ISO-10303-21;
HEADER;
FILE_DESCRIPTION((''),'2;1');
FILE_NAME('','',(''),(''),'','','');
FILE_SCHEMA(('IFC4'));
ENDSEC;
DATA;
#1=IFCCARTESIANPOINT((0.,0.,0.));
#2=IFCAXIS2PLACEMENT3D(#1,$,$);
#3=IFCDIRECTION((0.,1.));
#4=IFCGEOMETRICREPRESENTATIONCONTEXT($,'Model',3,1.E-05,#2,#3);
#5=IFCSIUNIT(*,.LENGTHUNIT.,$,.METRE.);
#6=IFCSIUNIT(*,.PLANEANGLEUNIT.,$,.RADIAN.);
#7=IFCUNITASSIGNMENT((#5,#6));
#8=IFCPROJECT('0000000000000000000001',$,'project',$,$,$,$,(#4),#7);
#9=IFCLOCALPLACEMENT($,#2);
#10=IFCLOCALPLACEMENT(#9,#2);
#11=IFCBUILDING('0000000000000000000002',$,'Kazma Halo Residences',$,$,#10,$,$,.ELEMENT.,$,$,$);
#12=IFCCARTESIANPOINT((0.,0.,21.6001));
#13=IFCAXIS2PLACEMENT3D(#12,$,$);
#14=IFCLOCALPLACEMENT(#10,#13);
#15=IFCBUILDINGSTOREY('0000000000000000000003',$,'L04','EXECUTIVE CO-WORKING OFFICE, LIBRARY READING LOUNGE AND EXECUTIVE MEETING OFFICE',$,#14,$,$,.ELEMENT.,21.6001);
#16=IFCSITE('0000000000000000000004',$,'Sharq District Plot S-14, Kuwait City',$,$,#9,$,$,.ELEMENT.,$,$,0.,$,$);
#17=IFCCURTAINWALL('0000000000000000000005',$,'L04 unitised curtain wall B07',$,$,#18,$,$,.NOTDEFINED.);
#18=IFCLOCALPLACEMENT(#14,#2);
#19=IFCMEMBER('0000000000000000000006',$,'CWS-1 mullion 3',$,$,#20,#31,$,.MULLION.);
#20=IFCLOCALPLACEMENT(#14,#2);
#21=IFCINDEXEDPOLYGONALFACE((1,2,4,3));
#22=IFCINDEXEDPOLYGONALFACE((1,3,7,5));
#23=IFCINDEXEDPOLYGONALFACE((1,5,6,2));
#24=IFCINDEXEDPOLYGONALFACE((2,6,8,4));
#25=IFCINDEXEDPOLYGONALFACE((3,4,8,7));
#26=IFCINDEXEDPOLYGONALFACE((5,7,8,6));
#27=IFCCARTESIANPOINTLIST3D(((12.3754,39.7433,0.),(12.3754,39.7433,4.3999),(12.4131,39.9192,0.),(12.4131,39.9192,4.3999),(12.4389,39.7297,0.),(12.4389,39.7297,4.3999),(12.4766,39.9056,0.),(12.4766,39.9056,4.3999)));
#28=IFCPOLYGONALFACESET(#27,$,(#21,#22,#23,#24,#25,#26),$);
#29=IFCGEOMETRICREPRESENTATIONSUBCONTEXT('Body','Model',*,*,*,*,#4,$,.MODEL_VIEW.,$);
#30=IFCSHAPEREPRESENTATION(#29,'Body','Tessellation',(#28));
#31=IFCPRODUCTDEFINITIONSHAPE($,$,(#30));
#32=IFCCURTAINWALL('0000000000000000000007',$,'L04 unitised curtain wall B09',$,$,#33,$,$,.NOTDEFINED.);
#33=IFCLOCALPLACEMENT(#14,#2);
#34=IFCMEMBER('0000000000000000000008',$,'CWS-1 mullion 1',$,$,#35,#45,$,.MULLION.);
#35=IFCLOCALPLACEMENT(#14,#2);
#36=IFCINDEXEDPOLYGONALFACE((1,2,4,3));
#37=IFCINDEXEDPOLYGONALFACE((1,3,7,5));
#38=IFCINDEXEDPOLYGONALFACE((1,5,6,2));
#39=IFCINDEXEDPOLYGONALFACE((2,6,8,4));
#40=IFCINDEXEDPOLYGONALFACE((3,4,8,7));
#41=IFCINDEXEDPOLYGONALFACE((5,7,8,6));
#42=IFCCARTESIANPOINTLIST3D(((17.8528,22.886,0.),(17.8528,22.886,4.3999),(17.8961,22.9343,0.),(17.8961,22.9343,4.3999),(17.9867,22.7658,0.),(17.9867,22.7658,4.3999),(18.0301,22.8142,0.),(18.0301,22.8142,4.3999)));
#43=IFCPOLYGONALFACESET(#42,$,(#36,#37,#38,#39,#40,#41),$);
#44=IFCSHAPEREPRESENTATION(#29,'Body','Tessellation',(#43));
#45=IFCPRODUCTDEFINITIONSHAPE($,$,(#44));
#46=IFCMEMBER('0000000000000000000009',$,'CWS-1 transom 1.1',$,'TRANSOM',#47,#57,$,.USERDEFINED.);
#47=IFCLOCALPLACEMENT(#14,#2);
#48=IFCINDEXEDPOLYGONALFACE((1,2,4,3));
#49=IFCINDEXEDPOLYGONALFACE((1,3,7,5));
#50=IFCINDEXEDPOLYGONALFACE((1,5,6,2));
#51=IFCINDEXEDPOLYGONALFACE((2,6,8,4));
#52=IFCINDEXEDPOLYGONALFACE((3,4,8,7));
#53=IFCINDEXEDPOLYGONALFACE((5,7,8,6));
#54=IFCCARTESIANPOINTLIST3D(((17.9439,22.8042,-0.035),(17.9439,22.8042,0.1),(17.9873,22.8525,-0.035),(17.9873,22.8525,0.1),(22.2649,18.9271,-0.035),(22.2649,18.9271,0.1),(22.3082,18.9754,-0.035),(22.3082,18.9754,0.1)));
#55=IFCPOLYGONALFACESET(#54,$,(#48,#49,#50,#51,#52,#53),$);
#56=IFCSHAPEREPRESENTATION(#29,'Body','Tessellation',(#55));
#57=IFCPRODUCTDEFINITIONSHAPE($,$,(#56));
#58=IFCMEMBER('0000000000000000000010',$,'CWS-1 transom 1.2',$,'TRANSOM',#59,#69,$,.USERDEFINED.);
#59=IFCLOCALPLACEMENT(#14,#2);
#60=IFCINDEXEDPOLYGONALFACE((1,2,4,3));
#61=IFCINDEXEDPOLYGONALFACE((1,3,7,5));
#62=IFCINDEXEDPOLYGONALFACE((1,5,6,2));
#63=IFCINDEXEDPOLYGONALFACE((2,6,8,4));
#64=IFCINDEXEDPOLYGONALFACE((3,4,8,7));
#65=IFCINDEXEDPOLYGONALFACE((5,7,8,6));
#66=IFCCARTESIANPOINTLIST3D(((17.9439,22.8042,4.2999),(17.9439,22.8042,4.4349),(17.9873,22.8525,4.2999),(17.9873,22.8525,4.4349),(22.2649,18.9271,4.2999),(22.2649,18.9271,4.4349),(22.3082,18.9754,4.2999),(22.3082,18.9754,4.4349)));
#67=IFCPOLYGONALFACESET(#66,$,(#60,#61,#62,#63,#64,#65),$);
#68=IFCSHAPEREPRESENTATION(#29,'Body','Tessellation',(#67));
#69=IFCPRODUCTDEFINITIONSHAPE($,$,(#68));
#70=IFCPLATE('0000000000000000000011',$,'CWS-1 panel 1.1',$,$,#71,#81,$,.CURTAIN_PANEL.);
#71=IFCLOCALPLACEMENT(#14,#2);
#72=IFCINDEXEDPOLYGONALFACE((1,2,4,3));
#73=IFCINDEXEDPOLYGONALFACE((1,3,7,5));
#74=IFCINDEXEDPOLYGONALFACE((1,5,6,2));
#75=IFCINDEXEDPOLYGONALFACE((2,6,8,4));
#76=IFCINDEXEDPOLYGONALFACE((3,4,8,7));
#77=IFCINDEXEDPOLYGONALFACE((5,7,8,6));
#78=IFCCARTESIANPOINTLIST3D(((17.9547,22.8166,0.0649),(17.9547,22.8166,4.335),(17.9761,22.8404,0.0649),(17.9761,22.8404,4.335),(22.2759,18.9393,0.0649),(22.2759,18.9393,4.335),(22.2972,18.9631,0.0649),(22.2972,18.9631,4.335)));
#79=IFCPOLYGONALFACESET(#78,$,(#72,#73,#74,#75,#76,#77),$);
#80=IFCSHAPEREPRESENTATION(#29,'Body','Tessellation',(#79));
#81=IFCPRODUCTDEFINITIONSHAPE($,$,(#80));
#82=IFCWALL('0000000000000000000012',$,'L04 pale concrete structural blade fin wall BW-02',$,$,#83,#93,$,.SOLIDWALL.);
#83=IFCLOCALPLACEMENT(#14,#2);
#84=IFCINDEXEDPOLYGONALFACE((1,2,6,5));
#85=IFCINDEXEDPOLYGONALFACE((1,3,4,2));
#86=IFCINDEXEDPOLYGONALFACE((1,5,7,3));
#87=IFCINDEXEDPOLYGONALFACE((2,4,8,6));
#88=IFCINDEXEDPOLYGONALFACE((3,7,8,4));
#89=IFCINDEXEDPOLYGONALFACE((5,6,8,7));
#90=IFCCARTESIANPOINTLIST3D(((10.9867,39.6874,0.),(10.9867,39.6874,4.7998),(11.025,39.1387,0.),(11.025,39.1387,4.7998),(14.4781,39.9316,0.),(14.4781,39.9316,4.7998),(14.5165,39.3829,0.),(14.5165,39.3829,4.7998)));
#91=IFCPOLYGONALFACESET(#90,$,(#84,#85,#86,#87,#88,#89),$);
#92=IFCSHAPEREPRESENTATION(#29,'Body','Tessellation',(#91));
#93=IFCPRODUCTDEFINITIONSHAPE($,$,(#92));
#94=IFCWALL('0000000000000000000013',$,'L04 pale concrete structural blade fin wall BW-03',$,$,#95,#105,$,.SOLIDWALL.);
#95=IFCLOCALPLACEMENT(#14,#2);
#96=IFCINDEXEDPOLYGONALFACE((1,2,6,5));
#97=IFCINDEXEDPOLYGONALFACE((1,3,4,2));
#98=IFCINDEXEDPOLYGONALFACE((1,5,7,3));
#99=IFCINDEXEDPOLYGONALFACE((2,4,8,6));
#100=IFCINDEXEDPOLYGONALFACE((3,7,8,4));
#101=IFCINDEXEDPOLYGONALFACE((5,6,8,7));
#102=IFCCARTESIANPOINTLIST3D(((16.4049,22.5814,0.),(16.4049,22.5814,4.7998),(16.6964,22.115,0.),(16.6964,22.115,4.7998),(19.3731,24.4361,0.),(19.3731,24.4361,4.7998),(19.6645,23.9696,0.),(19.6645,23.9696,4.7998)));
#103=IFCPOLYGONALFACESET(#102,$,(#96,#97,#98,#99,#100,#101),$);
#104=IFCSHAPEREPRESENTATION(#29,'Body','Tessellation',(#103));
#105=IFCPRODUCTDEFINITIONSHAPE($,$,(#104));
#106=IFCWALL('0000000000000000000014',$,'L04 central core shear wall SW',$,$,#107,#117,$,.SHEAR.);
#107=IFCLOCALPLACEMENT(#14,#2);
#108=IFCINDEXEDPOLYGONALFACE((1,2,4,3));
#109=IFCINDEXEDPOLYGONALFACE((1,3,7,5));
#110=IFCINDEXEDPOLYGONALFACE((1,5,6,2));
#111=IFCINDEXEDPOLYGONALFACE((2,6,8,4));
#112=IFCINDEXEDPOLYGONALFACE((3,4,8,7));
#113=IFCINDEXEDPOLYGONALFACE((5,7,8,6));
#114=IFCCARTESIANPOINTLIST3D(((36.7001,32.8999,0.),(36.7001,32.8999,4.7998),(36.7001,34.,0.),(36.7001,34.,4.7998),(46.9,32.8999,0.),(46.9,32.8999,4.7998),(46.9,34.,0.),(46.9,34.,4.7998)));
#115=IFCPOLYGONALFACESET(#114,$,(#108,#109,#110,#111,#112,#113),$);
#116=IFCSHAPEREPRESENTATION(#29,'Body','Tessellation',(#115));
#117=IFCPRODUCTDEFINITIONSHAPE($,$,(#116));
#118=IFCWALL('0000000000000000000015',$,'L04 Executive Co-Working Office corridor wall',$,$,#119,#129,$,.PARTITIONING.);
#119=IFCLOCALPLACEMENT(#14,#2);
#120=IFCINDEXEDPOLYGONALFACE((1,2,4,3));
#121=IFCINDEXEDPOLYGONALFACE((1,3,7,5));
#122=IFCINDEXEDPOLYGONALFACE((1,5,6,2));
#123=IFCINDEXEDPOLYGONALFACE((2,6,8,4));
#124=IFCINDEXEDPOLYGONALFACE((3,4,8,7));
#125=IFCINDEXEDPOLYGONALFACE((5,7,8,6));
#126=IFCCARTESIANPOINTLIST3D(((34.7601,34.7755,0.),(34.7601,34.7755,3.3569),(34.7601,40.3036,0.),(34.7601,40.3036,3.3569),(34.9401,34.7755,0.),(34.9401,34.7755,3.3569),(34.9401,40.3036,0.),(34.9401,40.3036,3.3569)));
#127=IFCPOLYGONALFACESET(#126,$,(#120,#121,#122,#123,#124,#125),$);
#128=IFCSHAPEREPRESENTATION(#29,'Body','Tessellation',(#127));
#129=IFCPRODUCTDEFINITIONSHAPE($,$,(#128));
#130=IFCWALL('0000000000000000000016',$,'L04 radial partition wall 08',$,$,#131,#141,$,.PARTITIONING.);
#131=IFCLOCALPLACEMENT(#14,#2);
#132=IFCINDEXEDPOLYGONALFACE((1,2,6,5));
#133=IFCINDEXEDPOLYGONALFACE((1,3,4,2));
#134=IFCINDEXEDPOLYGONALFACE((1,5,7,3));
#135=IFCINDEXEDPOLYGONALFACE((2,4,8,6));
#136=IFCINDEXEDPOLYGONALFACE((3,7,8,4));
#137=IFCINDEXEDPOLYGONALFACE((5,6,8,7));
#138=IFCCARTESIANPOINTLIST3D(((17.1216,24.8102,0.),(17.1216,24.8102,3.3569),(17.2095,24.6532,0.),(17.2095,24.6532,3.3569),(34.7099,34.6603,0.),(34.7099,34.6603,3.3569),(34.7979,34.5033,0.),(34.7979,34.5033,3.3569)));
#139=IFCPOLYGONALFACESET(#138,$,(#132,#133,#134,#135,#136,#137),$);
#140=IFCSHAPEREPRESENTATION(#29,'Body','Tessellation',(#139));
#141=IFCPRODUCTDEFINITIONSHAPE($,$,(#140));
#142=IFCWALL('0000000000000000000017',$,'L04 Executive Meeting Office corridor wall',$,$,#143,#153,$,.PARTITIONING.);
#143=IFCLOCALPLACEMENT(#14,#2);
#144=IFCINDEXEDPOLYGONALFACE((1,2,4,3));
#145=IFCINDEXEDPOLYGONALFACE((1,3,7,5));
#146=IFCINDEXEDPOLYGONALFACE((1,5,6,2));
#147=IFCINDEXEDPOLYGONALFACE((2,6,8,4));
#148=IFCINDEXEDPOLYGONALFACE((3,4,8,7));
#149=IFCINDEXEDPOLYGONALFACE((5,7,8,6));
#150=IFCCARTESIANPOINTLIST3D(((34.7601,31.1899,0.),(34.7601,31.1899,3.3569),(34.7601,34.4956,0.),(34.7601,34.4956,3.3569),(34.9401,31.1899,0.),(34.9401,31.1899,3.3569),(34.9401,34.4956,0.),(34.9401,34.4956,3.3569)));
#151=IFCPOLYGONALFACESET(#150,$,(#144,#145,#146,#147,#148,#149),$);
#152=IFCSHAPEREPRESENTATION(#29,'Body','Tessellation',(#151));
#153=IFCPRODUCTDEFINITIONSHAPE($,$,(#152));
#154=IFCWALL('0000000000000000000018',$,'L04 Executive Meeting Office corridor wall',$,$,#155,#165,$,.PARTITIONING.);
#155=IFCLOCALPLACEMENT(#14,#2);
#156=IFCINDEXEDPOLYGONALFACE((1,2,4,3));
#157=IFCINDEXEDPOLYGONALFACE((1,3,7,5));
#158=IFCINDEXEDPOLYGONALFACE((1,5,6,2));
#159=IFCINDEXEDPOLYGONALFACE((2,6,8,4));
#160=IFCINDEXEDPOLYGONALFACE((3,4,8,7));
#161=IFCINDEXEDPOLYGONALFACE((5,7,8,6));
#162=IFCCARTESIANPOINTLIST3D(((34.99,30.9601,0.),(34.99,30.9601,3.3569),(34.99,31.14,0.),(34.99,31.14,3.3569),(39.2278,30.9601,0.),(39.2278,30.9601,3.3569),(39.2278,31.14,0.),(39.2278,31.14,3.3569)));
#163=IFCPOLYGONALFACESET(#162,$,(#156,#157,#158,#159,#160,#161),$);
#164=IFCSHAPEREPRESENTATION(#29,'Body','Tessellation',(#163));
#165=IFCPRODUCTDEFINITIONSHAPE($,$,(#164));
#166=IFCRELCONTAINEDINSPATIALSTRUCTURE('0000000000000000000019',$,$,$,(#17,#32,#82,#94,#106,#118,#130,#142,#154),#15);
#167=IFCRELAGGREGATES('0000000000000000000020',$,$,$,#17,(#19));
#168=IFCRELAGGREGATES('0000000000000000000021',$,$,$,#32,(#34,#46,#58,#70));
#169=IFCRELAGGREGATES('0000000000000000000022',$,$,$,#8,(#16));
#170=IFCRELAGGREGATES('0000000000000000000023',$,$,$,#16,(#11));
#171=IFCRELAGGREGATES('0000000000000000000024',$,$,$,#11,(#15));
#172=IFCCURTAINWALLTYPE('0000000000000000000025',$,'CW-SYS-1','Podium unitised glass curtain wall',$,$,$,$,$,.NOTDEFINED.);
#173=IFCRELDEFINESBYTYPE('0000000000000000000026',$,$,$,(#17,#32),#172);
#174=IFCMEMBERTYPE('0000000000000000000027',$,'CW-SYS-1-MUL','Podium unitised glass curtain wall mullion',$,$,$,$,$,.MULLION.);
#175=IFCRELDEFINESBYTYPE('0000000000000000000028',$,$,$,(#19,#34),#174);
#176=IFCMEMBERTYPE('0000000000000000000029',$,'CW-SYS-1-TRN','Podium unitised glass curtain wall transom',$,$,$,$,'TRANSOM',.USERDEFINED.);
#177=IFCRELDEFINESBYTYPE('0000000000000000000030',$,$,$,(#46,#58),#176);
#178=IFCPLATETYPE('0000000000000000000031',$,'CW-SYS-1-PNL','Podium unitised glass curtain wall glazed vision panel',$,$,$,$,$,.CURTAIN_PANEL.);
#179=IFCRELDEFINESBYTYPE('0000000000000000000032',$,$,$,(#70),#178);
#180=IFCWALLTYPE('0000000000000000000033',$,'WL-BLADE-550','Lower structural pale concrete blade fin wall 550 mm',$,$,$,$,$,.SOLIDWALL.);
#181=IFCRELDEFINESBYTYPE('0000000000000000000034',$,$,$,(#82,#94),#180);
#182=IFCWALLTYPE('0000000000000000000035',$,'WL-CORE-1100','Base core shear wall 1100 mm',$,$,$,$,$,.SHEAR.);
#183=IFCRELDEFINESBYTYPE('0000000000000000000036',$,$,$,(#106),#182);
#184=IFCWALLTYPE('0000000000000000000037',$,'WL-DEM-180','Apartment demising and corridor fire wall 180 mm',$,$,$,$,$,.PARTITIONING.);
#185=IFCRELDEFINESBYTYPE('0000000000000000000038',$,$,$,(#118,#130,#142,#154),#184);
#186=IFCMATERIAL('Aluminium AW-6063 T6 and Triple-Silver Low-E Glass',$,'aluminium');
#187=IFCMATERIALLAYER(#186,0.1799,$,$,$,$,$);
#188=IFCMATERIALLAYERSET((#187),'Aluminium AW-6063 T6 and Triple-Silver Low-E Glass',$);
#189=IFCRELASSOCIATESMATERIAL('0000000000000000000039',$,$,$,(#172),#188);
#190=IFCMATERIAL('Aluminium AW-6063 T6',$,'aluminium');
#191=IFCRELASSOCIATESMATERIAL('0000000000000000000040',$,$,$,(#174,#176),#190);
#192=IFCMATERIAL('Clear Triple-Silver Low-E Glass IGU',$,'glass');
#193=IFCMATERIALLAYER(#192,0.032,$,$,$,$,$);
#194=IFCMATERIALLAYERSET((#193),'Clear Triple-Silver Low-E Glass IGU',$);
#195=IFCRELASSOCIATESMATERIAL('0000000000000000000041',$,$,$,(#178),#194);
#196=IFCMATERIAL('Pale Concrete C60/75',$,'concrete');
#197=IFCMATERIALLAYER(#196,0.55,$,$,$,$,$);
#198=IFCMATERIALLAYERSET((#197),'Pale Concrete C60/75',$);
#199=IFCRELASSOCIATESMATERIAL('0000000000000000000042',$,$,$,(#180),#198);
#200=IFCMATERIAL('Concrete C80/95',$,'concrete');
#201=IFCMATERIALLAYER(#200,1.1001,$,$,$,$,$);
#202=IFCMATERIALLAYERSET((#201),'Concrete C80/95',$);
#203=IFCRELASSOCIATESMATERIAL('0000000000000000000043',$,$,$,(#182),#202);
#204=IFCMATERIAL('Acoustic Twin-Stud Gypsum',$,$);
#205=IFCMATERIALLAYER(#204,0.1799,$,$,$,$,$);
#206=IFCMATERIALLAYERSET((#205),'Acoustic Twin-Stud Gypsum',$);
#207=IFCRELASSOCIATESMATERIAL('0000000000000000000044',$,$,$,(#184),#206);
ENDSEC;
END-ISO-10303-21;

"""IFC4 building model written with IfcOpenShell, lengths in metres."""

from ifc_helpers import new_model, si_unit, direction, frame, frame_2d, origin, origin_2d, place, context, subcontext, project, spatial, rectangle, extrude, material, layer, layer_set, material_profile, profile_set, type_object, element, aggregate, save


model = new_model("IFC4")

# Units and contexts
model_context = context("Model", 3, precision=1e-05, world=origin(), true_north=direction((0.0, 1.0)))
body_context = subcontext(model_context, "Body", "Model", "MODEL_VIEW")
ifc_project = project(units=[si_unit("LENGTHUNIT", "METRE"), si_unit("PLANEANGLEUNIT", "RADIAN")], contexts=[model_context])

# Site, building, storey
site_placement = place(None, origin())
site = spatial("IfcSite", under=ifc_project, at=site_placement, Name="Sharq District Plot S-14, Kuwait City", CompositionType="ELEMENT", RefElevation=0.0)
building_placement = place(site_placement, origin())
building = spatial("IfcBuilding", under=site, at=building_placement, Name="Kazma Halo Residences", CompositionType="ELEMENT")
storey_placement = place(building_placement, frame((0.0, 0.0, 21.6001)))
storey = spatial("IfcBuildingStorey", under=building, at=storey_placement, Name="L04", Description="EXECUTIVE CO-WORKING OFFICE, LIBRARY READING LOUNGE AND EXECUTIVE MEETING OFFICE", CompositionType="ELEMENT", Elevation=21.6001)

# Shared definitions
ifc_material_1 = material(Name="Concrete C80/95", Category="concrete")

# Curtain wall, member
ifc_material_2 = material(Name="Aluminium AW-6063 T6 and Triple-Silver Low-E Glass", Category="aluminium")
ifc_layer_1 = layer(ifc_material_2, 0.1799)
ifc_layer_set_1 = layer_set([ifc_layer_1], Name="Aluminium AW-6063 T6 and Triple-Silver Low-E Glass")
curtain_wall_type = type_object("IfcCurtainWallType", Name="CW-SYS-1", Description="Podium unitised glass curtain wall", PredefinedType="NOTDEFINED", material=ifc_layer_set_1)
curtain_wall_1_placement = place(storey_placement, origin())
curtain_wall_1 = element("IfcCurtainWall", 1, at=curtain_wall_1_placement, inside=storey, type_object=curtain_wall_type, Name="L04 unitised curtain wall B07", PredefinedType="NOTDEFINED")
ifc_material_3 = material(Name="Aluminium AW-6063 T6", Category="aluminium")
ifc_material_profile_1 = material_profile(ifc_material_3, rectangle(XDim=0.0649, YDim=0.1799, at=origin_2d()), Name="CWM-65x180")
ifc_profile_set_1 = profile_set([ifc_material_profile_1], Name="Aluminium AW-6063 T6")
member_type_1 = type_object("IfcMemberType", Name="CW-SYS-1-MUL", Description="Podium unitised glass curtain wall mullion", PredefinedType="MULLION", material=ifc_profile_set_1)
member_1_placement = place(storey_placement, frame((12.426, 39.8245, 0.0), z_axis=(0.0, 0.0, 1.0), x_axis=(0.977788, -0.209596, 0.0)))
member_1 = element("IfcMember", 2, at=member_1_placement, type_object=member_type_1, Name="CWS-1 mullion 3", PredefinedType="MULLION", context=body_context, shape_type="SweptSolid", body=[
    extrude(rectangle(XDim=0.0649, YDim=0.1799, at=origin_2d()), origin(), (0.0, 0.0, 1.0), 4.3999),
])
aggregate(curtain_wall_1, [member_1])

# Curtain wall, members, plate
curtain_wall_2_placement = place(storey_placement, origin())
curtain_wall_2 = element("IfcCurtainWall", 3, at=curtain_wall_2_placement, inside=storey, type_object=curtain_wall_type, Name="L04 unitised curtain wall B09", PredefinedType="NOTDEFINED")
member_2_placement = place(storey_placement, frame((17.9414, 22.8501, 0.0), z_axis=(0.0, 0.0, 1.0), x_axis=(0.667848, 0.744298, 0.0)))
member_2 = element("IfcMember", 4, at=member_2_placement, type_object=member_type_1, Name="CWS-1 mullion 1", PredefinedType="MULLION", context=body_context, shape_type="SweptSolid", body=[
    extrude(rectangle(XDim=0.0649, YDim=0.1799, at=origin_2d()), origin(), (0.0, 0.0, 1.0), 4.3999),
])
ifc_material_profile_2 = material_profile(ifc_material_3, rectangle(XDim=0.0649, YDim=0.135, at=origin_2d()), Name="CWT-65x135")
ifc_profile_set_2 = profile_set([ifc_material_profile_2], Name="Aluminium AW-6063 T6")
member_type_2 = type_object("IfcMemberType", Name="CW-SYS-1-TRN", Description="Podium unitised glass curtain wall transom", ElementType="TRANSOM", PredefinedType="USERDEFINED", material=ifc_profile_set_2)
member_3_placement = place(storey_placement, frame((17.9656, 22.8284, 0.0325), z_axis=(0.744299, -0.667846, 0.0), x_axis=(0.667846, 0.744299, 0.0)))
member_3 = element("IfcMember", 5, at=member_3_placement, type_object=member_type_2, Name="CWS-1 transom 1.1", ObjectType="TRANSOM", PredefinedType="USERDEFINED", context=body_context, shape_type="SweptSolid", body=[
    extrude(rectangle(XDim=0.0649, YDim=0.135, at=origin_2d()), origin(), (0.0, 0.0, 1.0), 5.8054),
])
member_4_placement = place(storey_placement, frame((17.9656, 22.8284, 4.3674), z_axis=(0.744299, -0.667846, 0.0), x_axis=(0.667846, 0.744299, 0.0)))
member_4 = element("IfcMember", 6, at=member_4_placement, type_object=member_type_2, Name="CWS-1 transom 1.2", ObjectType="TRANSOM", PredefinedType="USERDEFINED", context=body_context, shape_type="SweptSolid", body=[
    extrude(rectangle(XDim=0.0649, YDim=0.135, at=origin_2d()), origin(), (0.0, 0.0, 1.0), 5.8054),
])
ifc_material_4 = material(Name="Clear Triple-Silver Low-E Glass IGU", Category="glass")
ifc_layer_2 = layer(ifc_material_4, 0.032)
ifc_layer_set_2 = layer_set([ifc_layer_2], Name="Clear Triple-Silver Low-E Glass IGU")
plate_type = type_object("IfcPlateType", Name="CW-SYS-1-PNL", Description="Podium unitised glass curtain wall glazed vision panel", PredefinedType="CURTAIN_PANEL", material=ifc_layer_set_2)
plate_placement = place(storey_placement, frame((20.126, 20.8899, 0.0649), z_axis=(0.0, 0.0, 1.0), x_axis=(0.744298, -0.667848, 0.0)))
plate = element("IfcPlate", 7, at=plate_placement, type_object=plate_type, Name="CWS-1 panel 1.1", PredefinedType="CURTAIN_PANEL", context=body_context, shape_type="SweptSolid", body=[
    extrude(rectangle(XDim=5.8057, YDim=0.032, at=origin_2d()), origin(), (0.0, 0.0, 1.0), 4.27),
])
aggregate(curtain_wall_2, [member_2, member_3, member_4, plate])

# Walls
ifc_material_5 = material(Name="Pale Concrete C60/75", Category="concrete")
ifc_layer_3 = layer(ifc_material_5, 0.55)
ifc_layer_set_3 = layer_set([ifc_layer_3], Name="Pale Concrete C60/75")
wall_type_1 = type_object("IfcWallType", Name="WL-BLADE-550", Description="Lower structural pale concrete blade fin wall 550 mm", PredefinedType="SOLIDWALL", material=ifc_layer_set_3)
for number, where, z_axis, x_axis, name in (
    (8, (14.4973, 39.6572, 0.0), (0.0, 0.0, 1.0), (-0.997564, -0.069755, 0.0), "L04 pale concrete structural blade fin wall BW-02"),
    (9, (19.5188, 24.2029, 0.0), (0.0, 0.0, 1.0), (-0.848053, -0.529911, 0.0), "L04 pale concrete structural blade fin wall BW-03"),
):
    element("IfcWall", number, at=place(storey_placement, frame(where, z_axis=z_axis, x_axis=x_axis)), inside=storey, type_object=wall_type_1, Name=name, PredefinedType="SOLIDWALL", context=body_context, shape_type="SweptSolid", body=[
        extrude(rectangle(XDim=3.5, YDim=0.55, at=frame_2d((1.75, 0.0))), origin(), (0.0, 0.0, 1.0), 4.7998),
    ])
ifc_layer_4 = layer(ifc_material_1, 1.1001)
ifc_layer_set_4 = layer_set([ifc_layer_4], Name="Concrete C80/95")
wall_type_2 = type_object("IfcWallType", Name="WL-CORE-1100", Description="Base core shear wall 1100 mm", PredefinedType="SHEAR", material=ifc_layer_set_4)
wall_1_placement = place(storey_placement, frame((36.7, 33.45, 0.0), z_axis=(0.0, 0.0, 1.0), x_axis=(1.0, 0.0, 0.0)))
element("IfcWall", 10, at=wall_1_placement, inside=storey, type_object=wall_type_2, Name="L04 central core shear wall SW", PredefinedType="SHEAR", context=body_context, shape_type="SweptSolid", body=[
    extrude(rectangle(XDim=10.2, YDim=1.1001, at=frame_2d((5.1001, 0.0))), origin(), (0.0, 0.0, 1.0), 4.7998),
])
ifc_material_6 = material(Name="Acoustic Twin-Stud Gypsum")
ifc_layer_5 = layer(ifc_material_6, 0.1799)
ifc_layer_set_5 = layer_set([ifc_layer_5], Name="Acoustic Twin-Stud Gypsum")
wall_type_3 = type_object("IfcWallType", Name="WL-DEM-180", Description="Apartment demising and corridor fire wall 180 mm", PredefinedType="PARTITIONING", material=ifc_layer_set_5)
wall_2_placement = place(storey_placement, frame((34.8501, 40.3037, 0.0), z_axis=(0.0, 0.0, 1.0), x_axis=(0.0, -1.0, 0.0)))
element("IfcWall", 11, at=wall_2_placement, inside=storey, type_object=wall_type_3, Name="L04 Executive Co-Working Office corridor wall", PredefinedType="PARTITIONING", context=body_context, shape_type="SweptSolid", body=[
    extrude(rectangle(XDim=5.5281, YDim=0.1799, at=frame_2d((2.7642, 0.0))), origin(), (0.0, 0.0, 1.0), 3.3569),
])
wall_3_placement = place(storey_placement, frame((34.7539, 34.5818, 0.0), z_axis=(0.0, 0.0, 1.0), x_axis=(-0.872493, -0.488626, 0.0)))
element("IfcWall", 12, at=wall_3_placement, inside=storey, type_object=wall_type_3, Name="L04 radial partition wall 08", PredefinedType="PARTITIONING", context=body_context, shape_type="SweptSolid", body=[
    extrude(rectangle(XDim=20.1587, YDim=0.1799, at=frame_2d((10.0793, 0.0))), origin(), (0.0, 0.0, 1.0), 3.3569),
])
wall_4_placement = place(storey_placement, frame((34.8501, 34.4956, 0.0), z_axis=(0.0, 0.0, 1.0), x_axis=(0.0, -1.0, 0.0)))
element("IfcWall", 13, at=wall_4_placement, inside=storey, type_object=wall_type_3, Name="L04 Executive Meeting Office corridor wall", PredefinedType="PARTITIONING", context=body_context, shape_type="SweptSolid", body=[
    extrude(rectangle(XDim=3.3057, YDim=0.1799, at=frame_2d((1.6528, 0.0))), origin(), (0.0, 0.0, 1.0), 3.3569),
])
wall_5_placement = place(storey_placement, frame((34.99, 31.05, 0.0), z_axis=(0.0, 0.0, 1.0), x_axis=(1.0, 0.0, 0.0)))
element("IfcWall", 14, at=wall_5_placement, inside=storey, type_object=wall_type_3, Name="L04 Executive Meeting Office corridor wall", PredefinedType="PARTITIONING", context=body_context, shape_type="SweptSolid", body=[
    extrude(rectangle(XDim=4.2378, YDim=0.1799, at=frame_2d((2.1189, 0.0))), origin(), (0.0, 0.0, 1.0), 3.3569),
])

save(model, "model.ifc")
